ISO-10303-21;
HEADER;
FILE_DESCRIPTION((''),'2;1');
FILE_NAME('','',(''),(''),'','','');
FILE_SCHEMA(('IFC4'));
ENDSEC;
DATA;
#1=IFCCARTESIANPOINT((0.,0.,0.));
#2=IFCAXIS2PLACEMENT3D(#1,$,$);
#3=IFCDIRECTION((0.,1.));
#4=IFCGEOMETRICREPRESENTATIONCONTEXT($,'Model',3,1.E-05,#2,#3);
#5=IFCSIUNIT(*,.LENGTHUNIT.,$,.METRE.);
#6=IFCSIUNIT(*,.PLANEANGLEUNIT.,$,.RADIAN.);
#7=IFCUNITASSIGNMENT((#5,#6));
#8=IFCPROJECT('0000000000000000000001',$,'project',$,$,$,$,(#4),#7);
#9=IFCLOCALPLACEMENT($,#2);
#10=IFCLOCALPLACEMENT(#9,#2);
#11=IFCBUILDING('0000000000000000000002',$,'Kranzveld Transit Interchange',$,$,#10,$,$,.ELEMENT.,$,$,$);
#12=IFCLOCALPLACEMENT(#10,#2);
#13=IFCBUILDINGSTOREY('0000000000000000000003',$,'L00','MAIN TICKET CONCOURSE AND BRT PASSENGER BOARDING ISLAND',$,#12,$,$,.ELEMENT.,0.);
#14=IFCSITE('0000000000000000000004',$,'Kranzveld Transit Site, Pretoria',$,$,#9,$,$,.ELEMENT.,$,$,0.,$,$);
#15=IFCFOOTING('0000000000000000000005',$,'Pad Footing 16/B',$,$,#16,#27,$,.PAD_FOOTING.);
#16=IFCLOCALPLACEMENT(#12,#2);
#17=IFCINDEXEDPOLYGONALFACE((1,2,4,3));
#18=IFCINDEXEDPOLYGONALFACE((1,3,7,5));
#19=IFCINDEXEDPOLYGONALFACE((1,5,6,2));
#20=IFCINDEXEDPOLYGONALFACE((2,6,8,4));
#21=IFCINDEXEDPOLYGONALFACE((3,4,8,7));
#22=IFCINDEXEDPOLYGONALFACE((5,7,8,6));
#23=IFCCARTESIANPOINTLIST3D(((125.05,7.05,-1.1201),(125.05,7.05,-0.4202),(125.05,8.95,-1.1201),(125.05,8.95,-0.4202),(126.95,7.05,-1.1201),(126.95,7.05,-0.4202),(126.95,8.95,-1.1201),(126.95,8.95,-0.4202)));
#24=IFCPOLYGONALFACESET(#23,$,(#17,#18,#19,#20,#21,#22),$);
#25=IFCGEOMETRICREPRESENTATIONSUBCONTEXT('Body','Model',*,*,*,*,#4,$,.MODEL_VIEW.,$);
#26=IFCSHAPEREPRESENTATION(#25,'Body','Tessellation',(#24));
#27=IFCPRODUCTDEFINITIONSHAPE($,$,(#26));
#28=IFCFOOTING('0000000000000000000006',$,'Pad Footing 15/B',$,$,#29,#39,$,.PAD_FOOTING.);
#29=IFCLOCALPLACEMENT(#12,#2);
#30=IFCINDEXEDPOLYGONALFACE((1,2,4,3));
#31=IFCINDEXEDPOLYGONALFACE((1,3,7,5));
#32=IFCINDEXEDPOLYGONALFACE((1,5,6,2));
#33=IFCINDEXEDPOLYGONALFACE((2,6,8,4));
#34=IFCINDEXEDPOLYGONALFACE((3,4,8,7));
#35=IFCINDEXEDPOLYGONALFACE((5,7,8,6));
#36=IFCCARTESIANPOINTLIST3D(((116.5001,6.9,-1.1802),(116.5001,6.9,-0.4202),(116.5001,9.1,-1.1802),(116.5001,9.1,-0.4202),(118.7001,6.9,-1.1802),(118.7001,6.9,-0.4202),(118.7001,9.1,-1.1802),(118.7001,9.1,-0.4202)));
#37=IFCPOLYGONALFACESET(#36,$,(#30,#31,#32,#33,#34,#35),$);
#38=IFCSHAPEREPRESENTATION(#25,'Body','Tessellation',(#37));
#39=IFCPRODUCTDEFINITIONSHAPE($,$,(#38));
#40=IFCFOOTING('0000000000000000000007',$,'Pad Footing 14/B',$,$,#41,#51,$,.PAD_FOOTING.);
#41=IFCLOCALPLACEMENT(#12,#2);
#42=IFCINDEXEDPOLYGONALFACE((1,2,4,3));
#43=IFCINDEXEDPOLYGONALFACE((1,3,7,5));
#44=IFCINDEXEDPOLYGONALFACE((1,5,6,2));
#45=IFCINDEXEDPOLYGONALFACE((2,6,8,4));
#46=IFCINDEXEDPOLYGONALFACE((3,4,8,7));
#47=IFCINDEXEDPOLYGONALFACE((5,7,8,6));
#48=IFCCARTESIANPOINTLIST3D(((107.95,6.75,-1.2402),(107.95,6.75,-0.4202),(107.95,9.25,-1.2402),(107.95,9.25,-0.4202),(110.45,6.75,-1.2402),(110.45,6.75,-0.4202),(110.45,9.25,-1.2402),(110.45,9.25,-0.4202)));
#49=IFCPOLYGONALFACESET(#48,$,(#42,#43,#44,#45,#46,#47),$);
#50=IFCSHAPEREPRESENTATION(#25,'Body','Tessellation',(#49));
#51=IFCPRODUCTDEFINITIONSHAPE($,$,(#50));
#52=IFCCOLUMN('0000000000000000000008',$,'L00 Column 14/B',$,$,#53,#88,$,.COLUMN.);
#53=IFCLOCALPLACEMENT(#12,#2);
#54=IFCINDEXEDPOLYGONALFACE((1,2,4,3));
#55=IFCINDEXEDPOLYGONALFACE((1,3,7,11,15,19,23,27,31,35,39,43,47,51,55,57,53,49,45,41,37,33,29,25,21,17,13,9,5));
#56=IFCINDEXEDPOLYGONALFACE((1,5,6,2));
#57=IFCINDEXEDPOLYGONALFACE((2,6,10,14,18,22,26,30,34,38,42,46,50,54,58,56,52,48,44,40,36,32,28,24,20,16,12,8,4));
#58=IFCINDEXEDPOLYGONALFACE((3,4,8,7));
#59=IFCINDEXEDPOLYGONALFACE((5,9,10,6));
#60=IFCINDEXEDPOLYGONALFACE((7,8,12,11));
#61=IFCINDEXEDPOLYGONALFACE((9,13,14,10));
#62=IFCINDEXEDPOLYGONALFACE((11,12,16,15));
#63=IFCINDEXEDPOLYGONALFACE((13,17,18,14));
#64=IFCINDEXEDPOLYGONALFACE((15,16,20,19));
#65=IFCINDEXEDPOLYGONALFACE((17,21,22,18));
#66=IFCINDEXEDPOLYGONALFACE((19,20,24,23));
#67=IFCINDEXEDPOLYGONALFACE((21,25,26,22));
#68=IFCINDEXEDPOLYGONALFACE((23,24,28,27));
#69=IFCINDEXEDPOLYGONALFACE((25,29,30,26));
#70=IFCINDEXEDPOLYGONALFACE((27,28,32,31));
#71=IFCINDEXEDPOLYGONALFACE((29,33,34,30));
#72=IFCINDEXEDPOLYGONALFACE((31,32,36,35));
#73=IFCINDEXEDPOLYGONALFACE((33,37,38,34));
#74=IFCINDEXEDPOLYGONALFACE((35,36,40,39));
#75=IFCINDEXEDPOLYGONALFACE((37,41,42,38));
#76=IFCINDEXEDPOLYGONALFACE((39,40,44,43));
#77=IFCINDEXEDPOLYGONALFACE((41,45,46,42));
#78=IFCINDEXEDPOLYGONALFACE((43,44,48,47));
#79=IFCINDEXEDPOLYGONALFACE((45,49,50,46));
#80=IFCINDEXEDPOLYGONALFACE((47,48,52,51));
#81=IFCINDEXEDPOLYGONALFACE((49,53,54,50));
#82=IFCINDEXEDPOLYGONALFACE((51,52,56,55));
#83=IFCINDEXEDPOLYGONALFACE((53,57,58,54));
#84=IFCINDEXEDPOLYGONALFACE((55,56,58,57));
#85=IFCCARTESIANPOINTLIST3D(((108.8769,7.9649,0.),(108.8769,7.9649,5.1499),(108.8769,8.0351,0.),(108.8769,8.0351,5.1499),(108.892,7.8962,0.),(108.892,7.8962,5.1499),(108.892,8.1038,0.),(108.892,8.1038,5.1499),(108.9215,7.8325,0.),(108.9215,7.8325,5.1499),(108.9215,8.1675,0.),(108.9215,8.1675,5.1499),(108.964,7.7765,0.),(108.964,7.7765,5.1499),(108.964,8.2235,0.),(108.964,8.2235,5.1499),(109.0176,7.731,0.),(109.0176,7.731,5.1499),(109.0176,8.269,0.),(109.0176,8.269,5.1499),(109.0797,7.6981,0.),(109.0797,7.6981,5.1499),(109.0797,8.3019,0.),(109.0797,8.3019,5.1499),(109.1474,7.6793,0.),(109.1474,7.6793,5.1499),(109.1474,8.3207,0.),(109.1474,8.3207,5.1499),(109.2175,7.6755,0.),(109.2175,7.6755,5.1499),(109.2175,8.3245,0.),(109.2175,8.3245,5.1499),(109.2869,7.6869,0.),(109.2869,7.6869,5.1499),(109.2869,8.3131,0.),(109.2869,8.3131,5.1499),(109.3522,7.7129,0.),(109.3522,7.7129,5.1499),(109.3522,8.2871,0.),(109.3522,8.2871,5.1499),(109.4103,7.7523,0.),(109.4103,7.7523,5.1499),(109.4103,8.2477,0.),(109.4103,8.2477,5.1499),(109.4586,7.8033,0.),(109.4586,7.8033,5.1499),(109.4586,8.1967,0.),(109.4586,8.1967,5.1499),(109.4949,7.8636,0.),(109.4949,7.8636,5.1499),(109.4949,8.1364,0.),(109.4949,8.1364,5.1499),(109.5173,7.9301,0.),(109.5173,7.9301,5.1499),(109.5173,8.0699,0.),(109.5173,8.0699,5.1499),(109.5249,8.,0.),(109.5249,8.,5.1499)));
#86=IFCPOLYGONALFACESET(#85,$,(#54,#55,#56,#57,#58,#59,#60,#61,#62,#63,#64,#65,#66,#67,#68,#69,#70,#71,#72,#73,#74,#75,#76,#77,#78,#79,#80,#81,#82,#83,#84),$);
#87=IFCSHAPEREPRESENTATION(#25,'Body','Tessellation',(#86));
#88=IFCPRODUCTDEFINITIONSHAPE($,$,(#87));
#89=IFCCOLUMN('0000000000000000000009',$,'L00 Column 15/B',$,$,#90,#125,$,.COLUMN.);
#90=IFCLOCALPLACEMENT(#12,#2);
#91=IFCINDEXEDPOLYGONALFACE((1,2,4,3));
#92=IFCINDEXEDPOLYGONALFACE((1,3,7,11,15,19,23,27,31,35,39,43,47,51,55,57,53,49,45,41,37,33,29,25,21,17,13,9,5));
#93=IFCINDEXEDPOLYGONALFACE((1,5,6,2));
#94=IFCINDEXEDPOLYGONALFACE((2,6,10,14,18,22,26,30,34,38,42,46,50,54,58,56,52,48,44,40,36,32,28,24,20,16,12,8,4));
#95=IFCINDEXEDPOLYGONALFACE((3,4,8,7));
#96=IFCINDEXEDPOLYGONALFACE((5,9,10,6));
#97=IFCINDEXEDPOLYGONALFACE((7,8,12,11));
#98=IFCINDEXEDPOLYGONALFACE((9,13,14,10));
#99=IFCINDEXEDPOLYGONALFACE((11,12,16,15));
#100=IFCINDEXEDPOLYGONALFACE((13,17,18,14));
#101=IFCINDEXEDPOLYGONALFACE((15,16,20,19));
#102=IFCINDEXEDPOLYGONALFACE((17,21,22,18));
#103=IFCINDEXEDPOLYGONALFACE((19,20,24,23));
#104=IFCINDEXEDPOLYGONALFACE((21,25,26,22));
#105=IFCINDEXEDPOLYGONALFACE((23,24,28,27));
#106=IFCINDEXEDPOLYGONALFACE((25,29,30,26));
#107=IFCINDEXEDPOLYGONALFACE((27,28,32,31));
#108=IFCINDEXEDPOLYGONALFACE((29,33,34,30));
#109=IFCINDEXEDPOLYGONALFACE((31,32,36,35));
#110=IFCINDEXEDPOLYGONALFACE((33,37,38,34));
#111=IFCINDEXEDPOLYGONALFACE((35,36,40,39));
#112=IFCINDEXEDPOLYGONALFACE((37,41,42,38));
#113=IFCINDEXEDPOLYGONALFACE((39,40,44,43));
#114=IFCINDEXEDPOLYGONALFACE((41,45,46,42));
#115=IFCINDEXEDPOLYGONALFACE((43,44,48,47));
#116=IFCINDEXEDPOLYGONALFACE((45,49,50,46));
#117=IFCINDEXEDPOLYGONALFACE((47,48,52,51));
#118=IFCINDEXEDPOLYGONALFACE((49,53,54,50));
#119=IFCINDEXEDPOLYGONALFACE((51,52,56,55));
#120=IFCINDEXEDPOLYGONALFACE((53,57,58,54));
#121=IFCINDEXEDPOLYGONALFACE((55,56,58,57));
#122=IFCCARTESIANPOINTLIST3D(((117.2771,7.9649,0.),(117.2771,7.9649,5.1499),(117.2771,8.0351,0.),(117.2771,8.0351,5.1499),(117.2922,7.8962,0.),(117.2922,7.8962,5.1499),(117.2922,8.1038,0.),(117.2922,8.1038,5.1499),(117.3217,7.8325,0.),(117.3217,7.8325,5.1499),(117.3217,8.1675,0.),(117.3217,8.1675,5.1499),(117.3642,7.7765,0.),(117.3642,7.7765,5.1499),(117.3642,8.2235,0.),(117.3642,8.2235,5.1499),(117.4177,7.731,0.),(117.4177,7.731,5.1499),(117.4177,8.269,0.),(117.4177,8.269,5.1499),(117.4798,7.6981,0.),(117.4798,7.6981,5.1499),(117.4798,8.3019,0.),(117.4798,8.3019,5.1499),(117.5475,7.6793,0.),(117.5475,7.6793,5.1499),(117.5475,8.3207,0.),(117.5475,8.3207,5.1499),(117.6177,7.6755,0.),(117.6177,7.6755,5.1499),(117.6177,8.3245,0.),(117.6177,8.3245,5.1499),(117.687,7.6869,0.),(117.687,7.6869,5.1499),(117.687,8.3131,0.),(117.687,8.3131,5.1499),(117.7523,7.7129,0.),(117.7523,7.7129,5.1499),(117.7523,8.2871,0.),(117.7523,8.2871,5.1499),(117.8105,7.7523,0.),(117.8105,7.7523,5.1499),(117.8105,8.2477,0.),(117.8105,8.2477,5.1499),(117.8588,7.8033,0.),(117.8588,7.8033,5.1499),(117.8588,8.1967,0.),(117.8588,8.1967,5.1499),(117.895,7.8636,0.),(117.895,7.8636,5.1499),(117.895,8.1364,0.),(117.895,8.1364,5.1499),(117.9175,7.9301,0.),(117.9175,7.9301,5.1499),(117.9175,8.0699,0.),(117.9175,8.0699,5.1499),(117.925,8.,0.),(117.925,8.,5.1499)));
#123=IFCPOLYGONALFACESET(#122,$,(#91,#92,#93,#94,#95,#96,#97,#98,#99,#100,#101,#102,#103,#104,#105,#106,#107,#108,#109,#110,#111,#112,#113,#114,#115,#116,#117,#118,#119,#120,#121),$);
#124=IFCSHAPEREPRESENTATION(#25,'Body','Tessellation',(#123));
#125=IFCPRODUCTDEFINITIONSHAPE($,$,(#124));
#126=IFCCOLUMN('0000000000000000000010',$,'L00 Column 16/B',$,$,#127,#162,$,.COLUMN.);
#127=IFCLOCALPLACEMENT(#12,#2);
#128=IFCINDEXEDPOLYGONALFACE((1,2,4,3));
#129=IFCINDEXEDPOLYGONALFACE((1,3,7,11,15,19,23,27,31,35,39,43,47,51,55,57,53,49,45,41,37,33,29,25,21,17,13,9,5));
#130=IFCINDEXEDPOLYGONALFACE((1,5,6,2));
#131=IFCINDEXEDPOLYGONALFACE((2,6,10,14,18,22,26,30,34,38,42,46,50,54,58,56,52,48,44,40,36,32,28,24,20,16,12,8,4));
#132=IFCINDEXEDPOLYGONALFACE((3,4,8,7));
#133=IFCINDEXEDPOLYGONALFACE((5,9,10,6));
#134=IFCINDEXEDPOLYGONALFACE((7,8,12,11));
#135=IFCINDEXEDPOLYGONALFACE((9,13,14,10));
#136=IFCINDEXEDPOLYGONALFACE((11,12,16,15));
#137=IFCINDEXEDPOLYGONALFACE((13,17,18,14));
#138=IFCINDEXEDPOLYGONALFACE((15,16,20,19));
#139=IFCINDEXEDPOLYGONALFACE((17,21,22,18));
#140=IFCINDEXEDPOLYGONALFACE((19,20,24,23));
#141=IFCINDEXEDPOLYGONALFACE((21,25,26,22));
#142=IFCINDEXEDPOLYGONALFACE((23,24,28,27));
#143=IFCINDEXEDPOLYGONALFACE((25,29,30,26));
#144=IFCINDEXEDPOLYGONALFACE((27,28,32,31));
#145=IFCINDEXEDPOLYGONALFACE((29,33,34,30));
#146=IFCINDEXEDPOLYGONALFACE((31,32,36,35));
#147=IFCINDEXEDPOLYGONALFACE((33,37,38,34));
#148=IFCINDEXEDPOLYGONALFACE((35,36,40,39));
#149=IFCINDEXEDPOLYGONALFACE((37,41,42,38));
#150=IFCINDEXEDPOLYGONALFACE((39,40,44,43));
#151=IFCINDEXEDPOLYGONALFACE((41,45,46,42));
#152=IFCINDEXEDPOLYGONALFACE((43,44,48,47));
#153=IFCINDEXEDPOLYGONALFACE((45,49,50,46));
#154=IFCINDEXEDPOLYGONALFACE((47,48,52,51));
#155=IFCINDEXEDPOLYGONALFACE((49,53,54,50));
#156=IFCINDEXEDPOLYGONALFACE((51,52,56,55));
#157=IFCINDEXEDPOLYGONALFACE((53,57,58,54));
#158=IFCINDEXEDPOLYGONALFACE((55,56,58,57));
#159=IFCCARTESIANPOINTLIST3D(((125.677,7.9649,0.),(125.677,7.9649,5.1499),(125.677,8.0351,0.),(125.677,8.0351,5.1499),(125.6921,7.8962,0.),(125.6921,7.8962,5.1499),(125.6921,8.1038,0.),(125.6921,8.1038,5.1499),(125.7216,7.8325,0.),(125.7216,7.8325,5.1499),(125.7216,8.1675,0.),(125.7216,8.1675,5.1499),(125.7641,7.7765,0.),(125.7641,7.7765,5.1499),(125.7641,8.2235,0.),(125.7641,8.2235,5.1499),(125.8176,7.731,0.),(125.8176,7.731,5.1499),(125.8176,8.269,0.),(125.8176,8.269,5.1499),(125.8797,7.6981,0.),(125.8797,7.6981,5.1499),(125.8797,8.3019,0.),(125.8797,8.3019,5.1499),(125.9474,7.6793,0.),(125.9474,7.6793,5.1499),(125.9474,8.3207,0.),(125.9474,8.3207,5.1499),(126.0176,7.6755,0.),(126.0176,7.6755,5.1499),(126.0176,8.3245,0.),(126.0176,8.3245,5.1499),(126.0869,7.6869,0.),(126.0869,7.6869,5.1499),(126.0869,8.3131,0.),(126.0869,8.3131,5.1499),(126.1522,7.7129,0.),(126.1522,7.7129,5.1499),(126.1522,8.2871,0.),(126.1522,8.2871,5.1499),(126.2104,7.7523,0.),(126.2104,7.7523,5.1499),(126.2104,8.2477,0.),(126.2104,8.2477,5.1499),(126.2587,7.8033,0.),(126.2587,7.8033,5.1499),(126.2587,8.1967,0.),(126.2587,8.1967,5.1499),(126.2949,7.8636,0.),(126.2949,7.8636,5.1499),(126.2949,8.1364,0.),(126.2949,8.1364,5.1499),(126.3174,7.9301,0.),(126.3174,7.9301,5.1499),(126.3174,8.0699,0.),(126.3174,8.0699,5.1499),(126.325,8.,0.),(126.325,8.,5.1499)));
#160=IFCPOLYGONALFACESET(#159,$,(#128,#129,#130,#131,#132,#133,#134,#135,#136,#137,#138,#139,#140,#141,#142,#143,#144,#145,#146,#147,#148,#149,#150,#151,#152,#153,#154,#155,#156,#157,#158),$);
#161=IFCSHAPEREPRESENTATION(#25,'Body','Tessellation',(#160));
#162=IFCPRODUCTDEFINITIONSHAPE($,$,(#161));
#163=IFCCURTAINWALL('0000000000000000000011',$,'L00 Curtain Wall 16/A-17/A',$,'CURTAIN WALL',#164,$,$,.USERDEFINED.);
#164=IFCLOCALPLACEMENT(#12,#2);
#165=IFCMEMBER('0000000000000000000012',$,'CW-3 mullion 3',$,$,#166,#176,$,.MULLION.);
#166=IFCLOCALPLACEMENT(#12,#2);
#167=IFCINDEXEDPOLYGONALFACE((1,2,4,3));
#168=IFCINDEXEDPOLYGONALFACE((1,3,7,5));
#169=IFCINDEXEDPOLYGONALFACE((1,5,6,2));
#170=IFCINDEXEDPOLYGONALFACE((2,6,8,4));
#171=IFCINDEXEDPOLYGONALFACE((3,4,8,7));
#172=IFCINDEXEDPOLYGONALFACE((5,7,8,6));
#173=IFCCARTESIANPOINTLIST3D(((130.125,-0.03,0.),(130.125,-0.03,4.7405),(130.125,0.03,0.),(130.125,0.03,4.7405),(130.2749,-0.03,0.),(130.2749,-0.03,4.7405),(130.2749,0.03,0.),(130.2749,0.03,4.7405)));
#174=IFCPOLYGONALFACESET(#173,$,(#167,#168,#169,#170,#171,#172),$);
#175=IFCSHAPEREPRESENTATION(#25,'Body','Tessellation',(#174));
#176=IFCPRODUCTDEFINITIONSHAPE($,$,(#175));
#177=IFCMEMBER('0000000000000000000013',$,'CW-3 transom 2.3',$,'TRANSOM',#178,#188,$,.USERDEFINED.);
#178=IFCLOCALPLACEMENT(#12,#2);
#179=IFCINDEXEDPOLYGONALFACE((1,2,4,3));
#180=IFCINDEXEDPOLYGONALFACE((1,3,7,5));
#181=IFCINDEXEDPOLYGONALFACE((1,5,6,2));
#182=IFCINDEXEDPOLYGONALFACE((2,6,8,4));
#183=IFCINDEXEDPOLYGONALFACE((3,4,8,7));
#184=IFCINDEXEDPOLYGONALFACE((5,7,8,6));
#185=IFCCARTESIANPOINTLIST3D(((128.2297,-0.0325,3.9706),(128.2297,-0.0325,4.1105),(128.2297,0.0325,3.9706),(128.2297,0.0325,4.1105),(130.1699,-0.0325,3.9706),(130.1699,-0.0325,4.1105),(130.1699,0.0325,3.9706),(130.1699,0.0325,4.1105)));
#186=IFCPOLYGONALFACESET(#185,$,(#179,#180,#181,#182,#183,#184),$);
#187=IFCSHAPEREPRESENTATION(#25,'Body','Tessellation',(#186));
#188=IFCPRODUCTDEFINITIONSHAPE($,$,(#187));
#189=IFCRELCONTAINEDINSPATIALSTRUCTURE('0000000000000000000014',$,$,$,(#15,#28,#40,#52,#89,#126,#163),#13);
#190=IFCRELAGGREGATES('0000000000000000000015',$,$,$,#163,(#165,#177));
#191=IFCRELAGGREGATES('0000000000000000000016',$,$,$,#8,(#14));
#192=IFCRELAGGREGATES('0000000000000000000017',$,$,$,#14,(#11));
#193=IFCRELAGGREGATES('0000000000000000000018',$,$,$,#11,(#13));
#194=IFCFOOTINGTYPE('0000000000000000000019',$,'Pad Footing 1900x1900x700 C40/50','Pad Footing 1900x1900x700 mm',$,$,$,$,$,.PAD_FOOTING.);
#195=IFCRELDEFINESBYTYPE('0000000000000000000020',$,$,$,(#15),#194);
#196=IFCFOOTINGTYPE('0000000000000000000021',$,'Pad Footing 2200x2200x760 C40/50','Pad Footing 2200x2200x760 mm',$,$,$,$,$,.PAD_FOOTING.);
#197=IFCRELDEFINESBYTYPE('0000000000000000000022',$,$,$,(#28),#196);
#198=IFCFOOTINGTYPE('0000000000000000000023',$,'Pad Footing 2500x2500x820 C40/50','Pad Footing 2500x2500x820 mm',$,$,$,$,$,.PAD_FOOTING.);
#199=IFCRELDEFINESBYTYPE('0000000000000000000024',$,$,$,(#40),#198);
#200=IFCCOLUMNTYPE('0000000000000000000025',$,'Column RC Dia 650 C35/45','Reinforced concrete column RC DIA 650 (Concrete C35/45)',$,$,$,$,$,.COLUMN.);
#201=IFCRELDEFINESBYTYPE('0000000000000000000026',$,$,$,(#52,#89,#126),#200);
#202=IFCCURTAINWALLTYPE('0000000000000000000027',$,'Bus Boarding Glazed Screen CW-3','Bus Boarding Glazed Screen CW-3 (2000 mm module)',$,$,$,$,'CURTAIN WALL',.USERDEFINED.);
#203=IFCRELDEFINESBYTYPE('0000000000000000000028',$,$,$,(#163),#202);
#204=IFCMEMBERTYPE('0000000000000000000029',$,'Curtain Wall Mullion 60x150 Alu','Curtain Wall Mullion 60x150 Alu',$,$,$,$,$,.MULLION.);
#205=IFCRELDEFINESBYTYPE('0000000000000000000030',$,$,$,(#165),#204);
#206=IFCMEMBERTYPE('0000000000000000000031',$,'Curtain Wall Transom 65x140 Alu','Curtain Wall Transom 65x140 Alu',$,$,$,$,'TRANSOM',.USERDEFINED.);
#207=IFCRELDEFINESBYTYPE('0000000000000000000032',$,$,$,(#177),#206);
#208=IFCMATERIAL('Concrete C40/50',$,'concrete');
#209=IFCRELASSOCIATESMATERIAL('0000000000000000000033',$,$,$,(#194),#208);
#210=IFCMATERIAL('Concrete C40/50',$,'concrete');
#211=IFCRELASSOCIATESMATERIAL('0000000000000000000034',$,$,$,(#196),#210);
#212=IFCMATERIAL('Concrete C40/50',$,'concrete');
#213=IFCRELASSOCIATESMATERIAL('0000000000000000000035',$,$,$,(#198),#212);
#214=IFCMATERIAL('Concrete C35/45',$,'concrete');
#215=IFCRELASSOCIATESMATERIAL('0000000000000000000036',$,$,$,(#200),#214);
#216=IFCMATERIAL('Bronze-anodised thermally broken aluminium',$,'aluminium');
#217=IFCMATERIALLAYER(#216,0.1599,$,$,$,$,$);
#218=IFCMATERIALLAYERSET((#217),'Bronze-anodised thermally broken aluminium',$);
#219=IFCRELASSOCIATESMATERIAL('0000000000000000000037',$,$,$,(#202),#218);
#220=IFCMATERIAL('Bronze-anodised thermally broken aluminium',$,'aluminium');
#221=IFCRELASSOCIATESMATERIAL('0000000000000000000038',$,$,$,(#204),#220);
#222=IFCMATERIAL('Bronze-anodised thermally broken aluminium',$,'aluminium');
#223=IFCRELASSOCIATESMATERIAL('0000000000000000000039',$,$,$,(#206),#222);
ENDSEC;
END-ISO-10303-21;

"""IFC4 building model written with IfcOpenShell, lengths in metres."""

from ifc_helpers import new_model, si_unit, direction, frame, origin, origin_2d, place, context, subcontext, project, spatial, rectangle, circle, extrude, material, layer, layer_set, material_profile, profile_set, type_object, element, aggregate, save


model = new_model("IFC4")

# Units and contexts
model_context = context("Model", 3, precision=1e-05, world=origin(), true_north=direction((0.0, 1.0)))
body_context = subcontext(model_context, "Body", "Model", "MODEL_VIEW")
ifc_project = project(units=[si_unit("LENGTHUNIT", "METRE"), si_unit("PLANEANGLEUNIT", "RADIAN")], contexts=[model_context])

# Site, building, storey
site_placement = place(None, origin())
site = spatial("IfcSite", under=ifc_project, at=site_placement, Name="Kranzveld Transit Site, Pretoria", CompositionType="ELEMENT", RefElevation=0.0)
building_placement = place(site_placement, origin())
building = spatial("IfcBuilding", under=site, at=building_placement, Name="Kranzveld Transit Interchange", CompositionType="ELEMENT")
storey_placement = place(building_placement, origin())
storey = spatial("IfcBuildingStorey", under=building, at=storey_placement, Name="L00", Description="MAIN TICKET CONCOURSE AND BRT PASSENGER BOARDING ISLAND", CompositionType="ELEMENT", Elevation=0.0)

# Footings
ifc_material_1 = material(Name="Concrete C40/50", Category="concrete")
footing_type_1 = type_object("IfcFootingType", Name="Pad Footing 1900x1900x700 C40/50", Description="Pad Footing 1900x1900x700 mm", PredefinedType="PAD_FOOTING", material=ifc_material_1)
footing_1_placement = place(storey_placement, frame((126.0, 8.0, -1.1201), z_axis=(0.0, 0.0, 1.0), x_axis=(1.0, 0.0, 0.0)))
element("IfcFooting", 1, at=footing_1_placement, inside=storey, type_object=footing_type_1, Name="Pad Footing 16/B", PredefinedType="PAD_FOOTING", context=body_context, shape_type="SweptSolid", body=[
    extrude(rectangle(XDim=1.8999, YDim=1.8999, at=origin_2d()), origin(), (0.0, 0.0, 1.0), 0.7),
])
ifc_material_2 = material(Name="Concrete C40/50", Category="concrete")
footing_type_2 = type_object("IfcFootingType", Name="Pad Footing 2200x2200x760 C40/50", Description="Pad Footing 2200x2200x760 mm", PredefinedType="PAD_FOOTING", material=ifc_material_2)
footing_2_placement = place(storey_placement, frame((117.6001, 8.0, -1.1802), z_axis=(0.0, 0.0, 1.0), x_axis=(1.0, 0.0, 0.0)))
element("IfcFooting", 2, at=footing_2_placement, inside=storey, type_object=footing_type_2, Name="Pad Footing 15/B", PredefinedType="PAD_FOOTING", context=body_context, shape_type="SweptSolid", body=[
    extrude(rectangle(XDim=2.2, YDim=2.2, at=origin_2d()), origin(), (0.0, 0.0, 1.0), 0.76),
])
ifc_material_3 = material(Name="Concrete C40/50", Category="concrete")
footing_type_3 = type_object("IfcFootingType", Name="Pad Footing 2500x2500x820 C40/50", Description="Pad Footing 2500x2500x820 mm", PredefinedType="PAD_FOOTING", material=ifc_material_3)
footing_3_placement = place(storey_placement, frame((109.2, 8.0, -1.2402), z_axis=(0.0, 0.0, 1.0), x_axis=(1.0, 0.0, 0.0)))
element("IfcFooting", 3, at=footing_3_placement, inside=storey, type_object=footing_type_3, Name="Pad Footing 14/B", PredefinedType="PAD_FOOTING", context=body_context, shape_type="SweptSolid", body=[
    extrude(rectangle(XDim=2.5, YDim=2.5, at=origin_2d()), origin(), (0.0, 0.0, 1.0), 0.8201),
])

# Columns
ifc_material_4 = material(Name="Concrete C35/45", Category="concrete")
ifc_material_profile_1 = material_profile(ifc_material_4, circle(Radius=0.325, at=origin_2d()), Name="RC DIA 650")
ifc_profile_set_1 = profile_set([ifc_material_profile_1], Name="Concrete C35/45")
column_type = type_object("IfcColumnType", Name="Column RC Dia 650 C35/45", Description="Reinforced concrete column RC DIA 650 (Concrete C35/45)", PredefinedType="COLUMN", material=ifc_profile_set_1)
for number, where, z_axis, x_axis, name in (
    (4, (109.2, 8.0, 0.0), (0.0, 0.0, 1.0), (1.0, 0.0, 0.0), "L00 Column 14/B"),
    (5, (117.6001, 8.0, 0.0), (0.0, 0.0, 1.0), (1.0, 0.0, 0.0), "L00 Column 15/B"),
    (6, (126.0, 8.0, 0.0), (0.0, 0.0, 1.0), (1.0, 0.0, 0.0), "L00 Column 16/B"),
):
    element("IfcColumn", number, at=place(storey_placement, frame(where, z_axis=z_axis, x_axis=x_axis)), inside=storey, type_object=column_type, Name=name, PredefinedType="COLUMN", context=body_context, shape_type="SweptSolid", body=[
        extrude(circle(Radius=0.325, at=origin_2d()), origin(), (0.0, 0.0, 1.0), 5.1499),
    ])

# Curtain wall, members
ifc_material_5 = material(Name="Bronze-anodised thermally broken aluminium", Category="aluminium")
ifc_layer_1 = layer(ifc_material_5, 0.1599)
ifc_layer_set_1 = layer_set([ifc_layer_1], Name="Bronze-anodised thermally broken aluminium")
curtain_wall_type = type_object("IfcCurtainWallType", Name="Bus Boarding Glazed Screen CW-3", Description="Bus Boarding Glazed Screen CW-3 (2000 mm module)", ElementType="CURTAIN WALL", PredefinedType="USERDEFINED", material=ifc_layer_set_1)
curtain_wall_placement = place(storey_placement, origin())
curtain_wall = element("IfcCurtainWall", 7, at=curtain_wall_placement, inside=storey, type_object=curtain_wall_type, Name="L00 Curtain Wall 16/A-17/A", ObjectType="CURTAIN WALL", PredefinedType="USERDEFINED")
ifc_material_6 = material(Name="Bronze-anodised thermally broken aluminium", Category="aluminium")
ifc_material_profile_2 = material_profile(ifc_material_6, rectangle(XDim=0.0601, YDim=0.1499, at=origin_2d()), Name="ALU MULLION 60x150")
ifc_profile_set_2 = profile_set([ifc_material_profile_2], Name="Bronze-anodised thermally broken aluminium")
member_type_1 = type_object("IfcMemberType", Name="Curtain Wall Mullion 60x150 Alu", Description="Curtain Wall Mullion 60x150 Alu", PredefinedType="MULLION", material=ifc_profile_set_2)
member_1_placement = place(storey_placement, frame((130.2, 0.0, 0.0), z_axis=(0.0, 0.0, 1.0), x_axis=(0.0, 1.0, 0.0)))
member_1 = element("IfcMember", 8, at=member_1_placement, type_object=member_type_1, Name="CW-3 mullion 3", PredefinedType="MULLION", context=body_context, shape_type="SweptSolid", body=[
    extrude(rectangle(XDim=0.0601, YDim=0.1499, at=origin_2d()), origin(), (0.0, 0.0, 1.0), 4.7405),
])
ifc_material_7 = material(Name="Bronze-anodised thermally broken aluminium", Category="aluminium")
ifc_material_profile_3 = material_profile(ifc_material_7, rectangle(XDim=0.0649, YDim=0.1399, at=origin_2d()), Name="ALU TRANSOM 65x140")
ifc_profile_set_3 = profile_set([ifc_material_profile_3], Name="Bronze-anodised thermally broken aluminium")
member_type_2 = type_object("IfcMemberType", Name="Curtain Wall Transom 65x140 Alu", Description="Curtain Wall Transom 65x140 Alu", ElementType="TRANSOM", PredefinedType="USERDEFINED", material=ifc_profile_set_3)
member_2_placement = place(storey_placement, frame((128.2297, 0.0, 4.0405), z_axis=(1.0, 0.0, 0.0), x_axis=(0.0, 1.0, 0.0)))
member_2 = element("IfcMember", 9, at=member_2_placement, type_object=member_type_2, Name="CW-3 transom 2.3", ObjectType="TRANSOM", PredefinedType="USERDEFINED", context=body_context, shape_type="SweptSolid", body=[
    extrude(rectangle(XDim=0.0649, YDim=0.1399, at=origin_2d()), origin(), (0.0, 0.0, 1.0), 1.9402),
])

aggregate(curtain_wall, [member_1, member_2])

save(model, "model.ifc")
